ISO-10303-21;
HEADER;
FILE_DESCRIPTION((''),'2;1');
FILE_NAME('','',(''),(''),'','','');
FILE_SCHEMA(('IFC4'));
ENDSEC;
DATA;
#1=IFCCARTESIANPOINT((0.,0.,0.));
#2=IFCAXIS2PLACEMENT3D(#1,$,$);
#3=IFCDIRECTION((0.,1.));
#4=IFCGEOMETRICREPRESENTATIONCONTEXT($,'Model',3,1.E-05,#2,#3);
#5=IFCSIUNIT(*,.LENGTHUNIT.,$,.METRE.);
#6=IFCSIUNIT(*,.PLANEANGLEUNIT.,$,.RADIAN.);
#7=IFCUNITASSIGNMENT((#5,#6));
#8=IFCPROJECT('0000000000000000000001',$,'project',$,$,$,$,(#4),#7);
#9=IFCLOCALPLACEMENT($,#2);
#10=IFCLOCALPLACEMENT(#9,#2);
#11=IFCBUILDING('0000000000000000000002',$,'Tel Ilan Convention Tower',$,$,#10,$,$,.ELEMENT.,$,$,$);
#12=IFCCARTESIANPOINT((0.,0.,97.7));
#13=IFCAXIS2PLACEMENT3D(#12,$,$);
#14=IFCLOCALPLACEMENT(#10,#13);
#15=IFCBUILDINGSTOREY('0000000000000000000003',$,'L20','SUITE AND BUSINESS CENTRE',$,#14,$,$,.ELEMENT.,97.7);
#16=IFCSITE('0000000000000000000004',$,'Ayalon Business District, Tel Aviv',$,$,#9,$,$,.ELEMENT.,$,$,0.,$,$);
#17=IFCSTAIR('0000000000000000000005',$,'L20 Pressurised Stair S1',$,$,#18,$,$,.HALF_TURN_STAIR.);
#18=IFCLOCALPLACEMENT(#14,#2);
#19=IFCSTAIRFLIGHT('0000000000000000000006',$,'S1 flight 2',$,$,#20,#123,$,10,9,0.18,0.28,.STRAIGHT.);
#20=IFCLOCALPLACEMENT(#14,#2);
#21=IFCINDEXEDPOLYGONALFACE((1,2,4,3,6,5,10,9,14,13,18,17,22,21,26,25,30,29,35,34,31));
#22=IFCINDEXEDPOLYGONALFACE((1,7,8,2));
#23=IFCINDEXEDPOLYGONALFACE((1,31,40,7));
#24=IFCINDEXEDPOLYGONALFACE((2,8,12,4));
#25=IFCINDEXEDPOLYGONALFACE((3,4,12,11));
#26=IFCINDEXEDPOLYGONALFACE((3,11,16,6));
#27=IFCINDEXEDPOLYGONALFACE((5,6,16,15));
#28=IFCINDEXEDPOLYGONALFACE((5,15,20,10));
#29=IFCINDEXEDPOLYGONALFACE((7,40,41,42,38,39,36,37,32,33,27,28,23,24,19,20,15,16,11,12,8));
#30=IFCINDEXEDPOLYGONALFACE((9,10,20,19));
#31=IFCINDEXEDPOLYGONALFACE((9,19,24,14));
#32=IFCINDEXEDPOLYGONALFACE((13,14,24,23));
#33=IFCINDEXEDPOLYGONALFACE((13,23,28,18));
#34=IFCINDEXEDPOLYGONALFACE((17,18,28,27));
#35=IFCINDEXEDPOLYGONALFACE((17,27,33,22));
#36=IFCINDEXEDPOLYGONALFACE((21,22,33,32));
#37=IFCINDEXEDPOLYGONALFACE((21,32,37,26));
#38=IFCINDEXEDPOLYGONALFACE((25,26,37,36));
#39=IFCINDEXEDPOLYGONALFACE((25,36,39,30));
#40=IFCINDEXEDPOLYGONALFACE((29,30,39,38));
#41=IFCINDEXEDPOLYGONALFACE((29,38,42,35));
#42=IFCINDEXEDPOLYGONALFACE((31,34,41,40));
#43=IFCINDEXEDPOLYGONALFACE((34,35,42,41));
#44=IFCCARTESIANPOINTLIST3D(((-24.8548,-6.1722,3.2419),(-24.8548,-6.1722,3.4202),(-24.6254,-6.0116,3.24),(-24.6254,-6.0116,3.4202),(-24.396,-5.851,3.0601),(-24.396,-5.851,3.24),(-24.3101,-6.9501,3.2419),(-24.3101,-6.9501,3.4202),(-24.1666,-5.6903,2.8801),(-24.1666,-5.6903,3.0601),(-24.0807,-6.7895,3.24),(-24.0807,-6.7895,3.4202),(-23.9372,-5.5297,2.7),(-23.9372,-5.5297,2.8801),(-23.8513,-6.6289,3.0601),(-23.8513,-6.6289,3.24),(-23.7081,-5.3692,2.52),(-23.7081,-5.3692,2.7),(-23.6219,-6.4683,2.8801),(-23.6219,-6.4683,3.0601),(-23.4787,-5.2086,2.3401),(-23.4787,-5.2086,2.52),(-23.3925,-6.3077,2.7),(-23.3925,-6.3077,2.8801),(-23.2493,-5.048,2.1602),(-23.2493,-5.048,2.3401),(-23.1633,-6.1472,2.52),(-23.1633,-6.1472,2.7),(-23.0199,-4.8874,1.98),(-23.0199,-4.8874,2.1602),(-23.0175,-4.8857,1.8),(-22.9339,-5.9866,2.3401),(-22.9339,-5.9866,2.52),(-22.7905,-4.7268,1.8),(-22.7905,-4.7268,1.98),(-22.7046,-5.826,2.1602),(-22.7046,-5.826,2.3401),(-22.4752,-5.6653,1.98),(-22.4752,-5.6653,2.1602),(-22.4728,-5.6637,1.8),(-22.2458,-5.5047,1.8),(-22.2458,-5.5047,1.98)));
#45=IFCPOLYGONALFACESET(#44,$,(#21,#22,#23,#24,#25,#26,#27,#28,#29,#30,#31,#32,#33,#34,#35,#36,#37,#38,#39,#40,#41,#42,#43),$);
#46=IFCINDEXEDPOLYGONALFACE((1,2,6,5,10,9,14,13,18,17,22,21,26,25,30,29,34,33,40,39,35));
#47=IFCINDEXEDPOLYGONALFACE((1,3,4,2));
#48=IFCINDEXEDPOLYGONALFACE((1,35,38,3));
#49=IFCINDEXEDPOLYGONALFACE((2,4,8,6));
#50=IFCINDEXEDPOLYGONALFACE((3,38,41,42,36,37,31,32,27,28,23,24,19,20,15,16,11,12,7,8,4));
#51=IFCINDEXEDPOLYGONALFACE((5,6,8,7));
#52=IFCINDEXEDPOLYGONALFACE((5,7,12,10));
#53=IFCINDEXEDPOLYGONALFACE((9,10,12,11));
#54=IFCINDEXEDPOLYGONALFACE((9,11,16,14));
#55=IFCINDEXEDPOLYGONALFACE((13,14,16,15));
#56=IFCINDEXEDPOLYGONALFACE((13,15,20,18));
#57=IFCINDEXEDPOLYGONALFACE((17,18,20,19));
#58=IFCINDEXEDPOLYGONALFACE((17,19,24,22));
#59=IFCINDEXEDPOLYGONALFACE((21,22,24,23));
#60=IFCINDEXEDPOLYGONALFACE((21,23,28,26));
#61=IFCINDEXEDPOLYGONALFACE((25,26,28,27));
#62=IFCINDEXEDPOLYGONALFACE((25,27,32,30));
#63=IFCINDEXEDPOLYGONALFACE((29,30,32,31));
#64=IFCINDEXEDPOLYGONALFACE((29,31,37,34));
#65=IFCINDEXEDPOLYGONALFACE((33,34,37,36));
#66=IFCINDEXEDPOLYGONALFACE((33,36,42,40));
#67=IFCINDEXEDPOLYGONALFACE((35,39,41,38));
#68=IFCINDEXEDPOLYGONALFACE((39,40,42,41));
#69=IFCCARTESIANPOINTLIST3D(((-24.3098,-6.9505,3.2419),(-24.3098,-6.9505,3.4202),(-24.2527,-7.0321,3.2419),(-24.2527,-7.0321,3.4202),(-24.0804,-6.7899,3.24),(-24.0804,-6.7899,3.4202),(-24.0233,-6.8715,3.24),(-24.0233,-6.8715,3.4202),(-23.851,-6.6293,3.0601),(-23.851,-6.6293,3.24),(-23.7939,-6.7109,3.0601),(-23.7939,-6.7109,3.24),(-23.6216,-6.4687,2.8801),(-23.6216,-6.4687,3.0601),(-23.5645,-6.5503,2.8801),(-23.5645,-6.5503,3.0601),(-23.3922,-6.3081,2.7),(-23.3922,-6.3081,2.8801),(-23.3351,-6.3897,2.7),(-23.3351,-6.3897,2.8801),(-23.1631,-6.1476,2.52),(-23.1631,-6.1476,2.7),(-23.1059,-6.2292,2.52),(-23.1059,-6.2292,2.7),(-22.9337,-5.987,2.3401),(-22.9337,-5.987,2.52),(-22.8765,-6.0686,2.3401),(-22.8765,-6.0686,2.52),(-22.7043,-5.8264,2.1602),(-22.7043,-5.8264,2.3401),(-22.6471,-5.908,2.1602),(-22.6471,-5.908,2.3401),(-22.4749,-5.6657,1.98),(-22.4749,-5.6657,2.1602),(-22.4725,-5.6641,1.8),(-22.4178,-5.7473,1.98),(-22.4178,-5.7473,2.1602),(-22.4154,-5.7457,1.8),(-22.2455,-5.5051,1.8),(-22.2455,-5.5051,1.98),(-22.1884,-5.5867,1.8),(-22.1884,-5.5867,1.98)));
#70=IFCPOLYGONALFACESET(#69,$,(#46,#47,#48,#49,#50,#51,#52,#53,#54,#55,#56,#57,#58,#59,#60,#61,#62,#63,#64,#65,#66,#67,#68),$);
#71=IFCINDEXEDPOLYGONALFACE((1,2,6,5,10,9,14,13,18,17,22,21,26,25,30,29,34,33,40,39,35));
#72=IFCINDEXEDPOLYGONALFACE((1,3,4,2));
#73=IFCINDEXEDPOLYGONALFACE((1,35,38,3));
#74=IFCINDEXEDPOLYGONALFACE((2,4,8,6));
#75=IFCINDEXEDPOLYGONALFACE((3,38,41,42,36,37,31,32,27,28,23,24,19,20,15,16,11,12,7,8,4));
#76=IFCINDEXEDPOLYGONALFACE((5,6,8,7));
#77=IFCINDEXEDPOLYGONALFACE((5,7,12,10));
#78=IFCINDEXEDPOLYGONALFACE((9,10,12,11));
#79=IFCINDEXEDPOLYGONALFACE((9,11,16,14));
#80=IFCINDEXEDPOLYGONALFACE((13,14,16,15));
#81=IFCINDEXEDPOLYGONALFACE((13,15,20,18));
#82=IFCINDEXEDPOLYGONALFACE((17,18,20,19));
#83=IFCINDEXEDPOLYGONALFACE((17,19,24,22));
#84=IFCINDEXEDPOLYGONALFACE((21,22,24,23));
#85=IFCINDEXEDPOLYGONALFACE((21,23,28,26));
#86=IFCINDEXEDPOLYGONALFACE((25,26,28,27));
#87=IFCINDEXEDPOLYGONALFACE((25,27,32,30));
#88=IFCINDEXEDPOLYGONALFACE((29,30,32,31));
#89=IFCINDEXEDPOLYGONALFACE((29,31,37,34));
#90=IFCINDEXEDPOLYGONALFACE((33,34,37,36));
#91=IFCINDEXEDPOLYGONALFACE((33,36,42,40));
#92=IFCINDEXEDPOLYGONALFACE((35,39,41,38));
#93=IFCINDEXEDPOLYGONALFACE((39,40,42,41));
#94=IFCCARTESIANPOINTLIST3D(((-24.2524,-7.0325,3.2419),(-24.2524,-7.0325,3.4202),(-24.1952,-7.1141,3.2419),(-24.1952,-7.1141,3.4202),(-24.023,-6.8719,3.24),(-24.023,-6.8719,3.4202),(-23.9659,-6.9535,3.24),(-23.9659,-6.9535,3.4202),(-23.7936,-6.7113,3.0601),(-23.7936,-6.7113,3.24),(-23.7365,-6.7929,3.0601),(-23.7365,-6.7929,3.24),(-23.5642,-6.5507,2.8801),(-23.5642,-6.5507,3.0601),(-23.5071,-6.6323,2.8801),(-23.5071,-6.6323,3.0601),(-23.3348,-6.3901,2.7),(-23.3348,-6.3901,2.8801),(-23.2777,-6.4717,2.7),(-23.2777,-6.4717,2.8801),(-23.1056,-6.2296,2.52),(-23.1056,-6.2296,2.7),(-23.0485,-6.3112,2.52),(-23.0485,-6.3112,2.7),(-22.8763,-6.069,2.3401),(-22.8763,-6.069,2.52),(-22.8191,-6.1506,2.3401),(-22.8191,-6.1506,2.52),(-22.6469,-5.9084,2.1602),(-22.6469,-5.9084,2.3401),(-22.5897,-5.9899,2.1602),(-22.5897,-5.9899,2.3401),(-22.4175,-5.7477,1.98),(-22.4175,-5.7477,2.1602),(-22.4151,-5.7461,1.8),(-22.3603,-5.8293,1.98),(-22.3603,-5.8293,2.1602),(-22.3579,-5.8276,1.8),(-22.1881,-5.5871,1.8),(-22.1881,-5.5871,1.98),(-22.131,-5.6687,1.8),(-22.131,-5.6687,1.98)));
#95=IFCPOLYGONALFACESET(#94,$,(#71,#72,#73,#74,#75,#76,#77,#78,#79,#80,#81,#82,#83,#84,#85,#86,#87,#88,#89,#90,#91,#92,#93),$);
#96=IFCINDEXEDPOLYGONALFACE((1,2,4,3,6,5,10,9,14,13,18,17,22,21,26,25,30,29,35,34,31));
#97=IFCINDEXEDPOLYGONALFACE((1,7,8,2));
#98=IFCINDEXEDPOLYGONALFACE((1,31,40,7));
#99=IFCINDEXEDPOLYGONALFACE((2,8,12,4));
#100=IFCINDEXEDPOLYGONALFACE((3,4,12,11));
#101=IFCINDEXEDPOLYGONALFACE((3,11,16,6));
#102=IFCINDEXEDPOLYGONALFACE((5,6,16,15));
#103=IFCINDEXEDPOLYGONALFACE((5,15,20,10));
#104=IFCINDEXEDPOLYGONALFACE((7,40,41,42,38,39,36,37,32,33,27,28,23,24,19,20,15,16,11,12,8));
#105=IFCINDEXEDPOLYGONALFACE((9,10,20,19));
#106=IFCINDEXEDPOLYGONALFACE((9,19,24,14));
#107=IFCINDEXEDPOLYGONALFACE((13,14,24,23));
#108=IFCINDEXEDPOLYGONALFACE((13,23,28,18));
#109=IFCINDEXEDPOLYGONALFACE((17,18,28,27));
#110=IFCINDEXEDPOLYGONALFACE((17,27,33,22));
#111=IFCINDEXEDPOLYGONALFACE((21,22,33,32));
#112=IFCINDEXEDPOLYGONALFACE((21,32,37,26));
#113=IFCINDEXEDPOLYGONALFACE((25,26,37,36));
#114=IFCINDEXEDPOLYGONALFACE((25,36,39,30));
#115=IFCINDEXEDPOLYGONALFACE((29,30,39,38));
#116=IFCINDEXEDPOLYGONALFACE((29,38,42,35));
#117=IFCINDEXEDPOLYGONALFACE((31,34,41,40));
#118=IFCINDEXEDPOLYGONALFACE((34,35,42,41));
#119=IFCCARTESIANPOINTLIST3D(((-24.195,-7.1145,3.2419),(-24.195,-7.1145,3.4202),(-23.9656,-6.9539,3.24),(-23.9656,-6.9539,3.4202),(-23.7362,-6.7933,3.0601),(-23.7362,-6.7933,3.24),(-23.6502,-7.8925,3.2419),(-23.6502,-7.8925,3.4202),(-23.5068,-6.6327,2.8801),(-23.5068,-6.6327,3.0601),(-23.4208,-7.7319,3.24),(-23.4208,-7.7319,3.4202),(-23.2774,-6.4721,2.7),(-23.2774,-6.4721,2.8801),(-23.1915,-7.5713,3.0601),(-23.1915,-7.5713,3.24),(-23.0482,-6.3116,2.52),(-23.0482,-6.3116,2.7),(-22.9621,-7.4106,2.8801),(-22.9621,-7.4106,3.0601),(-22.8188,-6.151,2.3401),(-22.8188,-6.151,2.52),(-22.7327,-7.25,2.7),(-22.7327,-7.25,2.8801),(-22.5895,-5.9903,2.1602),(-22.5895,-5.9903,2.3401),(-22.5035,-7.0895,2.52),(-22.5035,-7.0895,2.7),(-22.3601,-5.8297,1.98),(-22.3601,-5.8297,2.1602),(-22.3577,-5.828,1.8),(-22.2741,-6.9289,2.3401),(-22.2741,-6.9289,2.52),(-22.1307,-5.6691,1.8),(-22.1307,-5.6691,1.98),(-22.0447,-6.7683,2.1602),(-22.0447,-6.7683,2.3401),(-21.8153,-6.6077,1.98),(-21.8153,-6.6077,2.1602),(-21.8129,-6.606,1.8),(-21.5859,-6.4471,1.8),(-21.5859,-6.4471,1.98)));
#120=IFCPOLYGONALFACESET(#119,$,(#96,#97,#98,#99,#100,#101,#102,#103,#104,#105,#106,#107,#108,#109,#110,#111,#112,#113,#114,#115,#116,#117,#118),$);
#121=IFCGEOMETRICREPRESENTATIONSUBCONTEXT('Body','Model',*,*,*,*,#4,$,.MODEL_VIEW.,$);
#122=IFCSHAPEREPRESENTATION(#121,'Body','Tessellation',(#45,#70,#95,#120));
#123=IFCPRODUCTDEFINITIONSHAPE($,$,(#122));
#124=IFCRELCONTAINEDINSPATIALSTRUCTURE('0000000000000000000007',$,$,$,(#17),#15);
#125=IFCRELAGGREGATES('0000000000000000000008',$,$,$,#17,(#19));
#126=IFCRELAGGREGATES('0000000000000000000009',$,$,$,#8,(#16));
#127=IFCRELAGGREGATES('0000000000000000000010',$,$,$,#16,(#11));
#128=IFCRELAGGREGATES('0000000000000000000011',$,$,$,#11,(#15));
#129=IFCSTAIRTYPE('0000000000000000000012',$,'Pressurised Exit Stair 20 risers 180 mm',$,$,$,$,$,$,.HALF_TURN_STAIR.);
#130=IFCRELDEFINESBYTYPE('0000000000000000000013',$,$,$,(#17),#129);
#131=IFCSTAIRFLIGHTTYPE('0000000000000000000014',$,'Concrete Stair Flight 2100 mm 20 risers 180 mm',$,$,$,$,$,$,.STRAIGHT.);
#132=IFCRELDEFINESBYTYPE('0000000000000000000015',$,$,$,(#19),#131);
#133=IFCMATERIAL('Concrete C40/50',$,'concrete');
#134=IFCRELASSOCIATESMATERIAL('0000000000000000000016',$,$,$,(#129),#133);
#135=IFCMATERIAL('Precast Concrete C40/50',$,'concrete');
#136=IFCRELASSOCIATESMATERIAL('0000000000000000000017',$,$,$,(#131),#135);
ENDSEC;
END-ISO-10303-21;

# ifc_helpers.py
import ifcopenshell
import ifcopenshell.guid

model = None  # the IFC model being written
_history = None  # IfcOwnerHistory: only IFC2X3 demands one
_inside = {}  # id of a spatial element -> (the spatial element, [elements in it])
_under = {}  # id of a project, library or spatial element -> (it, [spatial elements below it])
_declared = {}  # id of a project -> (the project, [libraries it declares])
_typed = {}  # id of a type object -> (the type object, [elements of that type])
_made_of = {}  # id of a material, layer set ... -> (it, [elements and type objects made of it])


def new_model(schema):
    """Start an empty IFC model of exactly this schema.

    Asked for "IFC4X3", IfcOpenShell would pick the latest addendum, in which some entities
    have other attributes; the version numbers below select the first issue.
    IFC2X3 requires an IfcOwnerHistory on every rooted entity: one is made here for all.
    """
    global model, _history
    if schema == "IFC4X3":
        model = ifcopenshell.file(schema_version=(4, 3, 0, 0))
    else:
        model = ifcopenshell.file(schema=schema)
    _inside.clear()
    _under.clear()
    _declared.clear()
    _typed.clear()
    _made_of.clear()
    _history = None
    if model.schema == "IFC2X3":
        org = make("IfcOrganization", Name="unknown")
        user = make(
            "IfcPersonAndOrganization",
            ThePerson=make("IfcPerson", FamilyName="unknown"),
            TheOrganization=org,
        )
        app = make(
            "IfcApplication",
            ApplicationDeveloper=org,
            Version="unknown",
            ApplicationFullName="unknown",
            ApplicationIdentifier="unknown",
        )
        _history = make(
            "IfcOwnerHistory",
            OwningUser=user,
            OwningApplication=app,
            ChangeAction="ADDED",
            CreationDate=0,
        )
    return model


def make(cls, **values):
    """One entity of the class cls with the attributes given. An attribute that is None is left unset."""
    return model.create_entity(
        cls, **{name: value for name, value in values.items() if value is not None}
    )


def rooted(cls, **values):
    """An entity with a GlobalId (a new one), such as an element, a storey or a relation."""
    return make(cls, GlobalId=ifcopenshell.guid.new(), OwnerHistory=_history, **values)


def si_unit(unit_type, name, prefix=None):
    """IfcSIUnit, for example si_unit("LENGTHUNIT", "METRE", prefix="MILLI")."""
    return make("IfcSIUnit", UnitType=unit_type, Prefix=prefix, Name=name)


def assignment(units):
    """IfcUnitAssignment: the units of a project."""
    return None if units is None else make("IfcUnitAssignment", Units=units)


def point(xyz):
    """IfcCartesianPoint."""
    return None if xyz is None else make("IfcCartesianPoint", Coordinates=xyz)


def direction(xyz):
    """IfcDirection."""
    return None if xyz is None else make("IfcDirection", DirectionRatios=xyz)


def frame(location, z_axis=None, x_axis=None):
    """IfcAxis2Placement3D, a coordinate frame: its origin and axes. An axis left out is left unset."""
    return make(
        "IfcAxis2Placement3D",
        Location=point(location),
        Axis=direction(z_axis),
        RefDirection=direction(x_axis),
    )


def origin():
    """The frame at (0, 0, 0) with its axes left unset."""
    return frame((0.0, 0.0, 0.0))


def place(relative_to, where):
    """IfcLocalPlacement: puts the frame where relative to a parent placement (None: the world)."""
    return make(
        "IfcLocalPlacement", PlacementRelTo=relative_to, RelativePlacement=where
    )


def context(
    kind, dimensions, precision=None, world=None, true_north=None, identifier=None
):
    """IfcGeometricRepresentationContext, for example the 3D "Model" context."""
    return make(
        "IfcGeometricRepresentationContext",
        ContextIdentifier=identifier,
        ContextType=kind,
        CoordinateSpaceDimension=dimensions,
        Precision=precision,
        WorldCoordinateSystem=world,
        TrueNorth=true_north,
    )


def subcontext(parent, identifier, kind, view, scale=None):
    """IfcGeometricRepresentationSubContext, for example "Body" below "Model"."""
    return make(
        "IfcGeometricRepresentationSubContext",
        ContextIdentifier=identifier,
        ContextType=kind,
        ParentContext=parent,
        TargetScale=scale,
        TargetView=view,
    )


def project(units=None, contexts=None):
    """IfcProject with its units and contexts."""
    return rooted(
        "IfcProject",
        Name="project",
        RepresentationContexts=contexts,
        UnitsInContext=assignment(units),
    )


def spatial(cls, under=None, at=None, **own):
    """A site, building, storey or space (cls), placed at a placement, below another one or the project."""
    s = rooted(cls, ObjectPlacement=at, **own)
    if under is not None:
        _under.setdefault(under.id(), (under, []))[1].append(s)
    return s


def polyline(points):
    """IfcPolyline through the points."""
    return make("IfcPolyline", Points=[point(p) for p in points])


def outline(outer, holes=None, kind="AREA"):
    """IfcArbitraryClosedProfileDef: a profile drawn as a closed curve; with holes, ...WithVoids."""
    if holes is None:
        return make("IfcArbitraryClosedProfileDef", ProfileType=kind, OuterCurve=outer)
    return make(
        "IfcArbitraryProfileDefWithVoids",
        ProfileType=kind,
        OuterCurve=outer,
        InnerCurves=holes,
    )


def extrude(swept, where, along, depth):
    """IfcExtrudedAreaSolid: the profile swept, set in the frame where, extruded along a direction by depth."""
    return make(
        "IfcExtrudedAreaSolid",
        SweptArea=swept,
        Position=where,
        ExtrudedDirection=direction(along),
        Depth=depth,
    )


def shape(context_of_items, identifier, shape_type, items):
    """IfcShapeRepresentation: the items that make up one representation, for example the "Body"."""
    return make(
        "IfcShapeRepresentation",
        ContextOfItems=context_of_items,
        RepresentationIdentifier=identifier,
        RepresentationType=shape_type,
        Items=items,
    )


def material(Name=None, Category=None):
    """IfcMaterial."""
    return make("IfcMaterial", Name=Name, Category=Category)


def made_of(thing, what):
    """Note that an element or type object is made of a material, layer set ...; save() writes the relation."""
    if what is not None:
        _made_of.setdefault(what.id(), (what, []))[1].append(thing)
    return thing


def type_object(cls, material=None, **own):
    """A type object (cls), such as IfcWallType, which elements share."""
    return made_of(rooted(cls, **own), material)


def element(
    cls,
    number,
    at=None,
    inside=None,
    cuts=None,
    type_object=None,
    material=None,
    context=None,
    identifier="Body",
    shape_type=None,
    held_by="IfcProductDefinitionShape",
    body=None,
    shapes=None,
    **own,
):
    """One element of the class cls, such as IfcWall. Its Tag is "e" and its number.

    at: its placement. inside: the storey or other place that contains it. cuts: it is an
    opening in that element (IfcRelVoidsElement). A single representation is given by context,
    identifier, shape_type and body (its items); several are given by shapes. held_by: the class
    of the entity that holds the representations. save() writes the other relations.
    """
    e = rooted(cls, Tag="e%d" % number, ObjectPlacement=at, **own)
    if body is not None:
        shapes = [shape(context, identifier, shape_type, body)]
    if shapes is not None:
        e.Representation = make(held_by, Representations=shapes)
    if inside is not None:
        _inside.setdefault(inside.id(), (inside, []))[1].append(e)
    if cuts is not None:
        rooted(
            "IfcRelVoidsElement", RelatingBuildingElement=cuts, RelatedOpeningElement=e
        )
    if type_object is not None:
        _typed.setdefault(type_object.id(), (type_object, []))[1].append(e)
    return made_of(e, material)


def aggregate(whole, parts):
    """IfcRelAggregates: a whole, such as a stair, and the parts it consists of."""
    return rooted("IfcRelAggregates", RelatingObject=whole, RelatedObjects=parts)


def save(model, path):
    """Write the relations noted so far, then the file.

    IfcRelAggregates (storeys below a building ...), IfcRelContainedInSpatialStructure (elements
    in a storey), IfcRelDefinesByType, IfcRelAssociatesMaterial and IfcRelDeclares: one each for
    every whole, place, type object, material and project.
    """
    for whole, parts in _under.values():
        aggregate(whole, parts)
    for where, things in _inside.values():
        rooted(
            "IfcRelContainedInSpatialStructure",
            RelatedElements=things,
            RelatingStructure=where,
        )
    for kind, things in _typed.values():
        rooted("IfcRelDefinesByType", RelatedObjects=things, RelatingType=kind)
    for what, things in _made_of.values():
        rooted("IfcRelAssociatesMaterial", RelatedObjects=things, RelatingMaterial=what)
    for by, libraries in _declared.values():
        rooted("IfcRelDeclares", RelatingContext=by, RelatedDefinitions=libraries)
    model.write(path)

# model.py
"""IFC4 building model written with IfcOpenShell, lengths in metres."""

from ifc_helpers import new_model, si_unit, direction, frame, origin, place, context, subcontext, project, spatial, polyline, outline, extrude, material, type_object, element, aggregate, save


model = new_model("IFC4")

# Units and contexts
model_context = context("Model", 3, precision=1e-05, world=origin(), true_north=direction((0.0, 1.0)))
body_context = subcontext(model_context, "Body", "Model", "MODEL_VIEW")
ifc_project = project(units=[si_unit("LENGTHUNIT", "METRE"), si_unit("PLANEANGLEUNIT", "RADIAN")], contexts=[model_context])

# Site, building, storey
site_placement = place(None, origin())
site = spatial("IfcSite", under=ifc_project, at=site_placement, Name="Ayalon Business District, Tel Aviv", CompositionType="ELEMENT", RefElevation=0.0)
building_placement = place(site_placement, origin())
building = spatial("IfcBuilding", under=site, at=building_placement, Name="Tel Ilan Convention Tower", CompositionType="ELEMENT")
storey_placement = place(building_placement, frame((0.0, 0.0, 97.7)))
storey = spatial("IfcBuildingStorey", under=building, at=storey_placement, Name="L20", Description="SUITE AND BUSINESS CENTRE", CompositionType="ELEMENT", Elevation=97.7)

# Stair, stair flight
ifc_material_1 = material(Name="Concrete C40/50", Category="concrete")
stair_type = type_object("IfcStairType", Name="Pressurised Exit Stair 20 risers 180 mm", PredefinedType="HALF_TURN_STAIR", material=ifc_material_1)
stair_1_placement = place(storey_placement, origin())
stair_1 = element("IfcStair", 1, at=stair_1_placement, inside=storey, type_object=stair_type, Name="L20 Pressurised Stair S1", PredefinedType="HALF_TURN_STAIR")
ifc_material_2 = material(Name="Precast Concrete C40/50", Category="concrete")
stair_flight_type = type_object("IfcStairFlightType", Name="Concrete Stair Flight 2100 mm 20 risers 180 mm", PredefinedType="STRAIGHT", material=ifc_material_2)
stair_flight_1_placement = place(storey_placement, frame((-22.1882, -5.5869, 1.8), z_axis=(0.0, 0.0, 1.0), x_axis=(-0.819152, -0.573576, 0.0)))
stair_flight_1 = element("IfcStairFlight", 2, at=stair_flight_1_placement, type_object=stair_flight_type, Name="S1 flight 2", NumberOfRisers=10, NumberOfTreads=9, PredefinedType="STRAIGHT", RiserHeight=0.18, TreadLength=0.28, context=body_context, shape_type="SweptSolid", body=[
    extrude(outline(polyline([(0.0, 0.0), (0.0, 0.1799), (0.28, 0.1799), (0.28, 0.3601), (0.5601, 0.3601), (0.5601, 0.54), (0.8401, 0.54), (0.8401, 0.72), (1.1201, 0.72), (1.1201, 0.8999), (1.3999, 0.8999), (1.3999, 1.0801), (1.6799, 1.0801), (1.6799, 1.26), (1.96, 1.26), (1.96, 1.4399), (2.24, 1.4399), (2.24, 1.6201), (2.52, 1.6201), (2.52, 1.8), (2.52, 1.4419), (0.2771, 0.0), (0.0, 0.0)])), frame((0.0, -0.1003, 0.0), z_axis=(0.0, -1.0, 0.0), x_axis=(1.0, 0.0, 0.0)), (0.0, 0.0, 1.0), 0.9497),
    extrude(outline(polyline([(0.0, 0.0), (0.0, 0.1799), (0.28, 0.1799), (0.28, 0.3601), (0.5601, 0.3601), (0.5601, 0.54), (0.8401, 0.54), (0.8401, 0.72), (1.1201, 0.72), (1.1201, 0.8999), (1.3999, 0.8999), (1.3999, 1.0801), (1.6799, 1.0801), (1.6799, 1.26), (1.96, 1.26), (1.96, 1.4399), (2.24, 1.4399), (2.24, 1.6201), (2.52, 1.6201), (2.52, 1.8), (2.52, 1.4419), (0.2771, 0.0), (0.0, 0.0)])), frame((0.0, -0.0002, 0.0), z_axis=(0.0, -1.0, 0.0), x_axis=(1.0, 0.0, 0.0)), (0.0, 0.0, 1.0), 0.0996),
    extrude(outline(polyline([(0.0, 0.0), (0.0, 0.1799), (0.28, 0.1799), (0.28, 0.3601), (0.5601, 0.3601), (0.5601, 0.54), (0.8401, 0.54), (0.8401, 0.72), (1.1201, 0.72), (1.1201, 0.8999), (1.3999, 0.8999), (1.3999, 1.0801), (1.6799, 1.0801), (1.6799, 1.26), (1.96, 1.26), (1.96, 1.4399), (2.24, 1.4399), (2.24, 1.6201), (2.52, 1.6201), (2.52, 1.8), (2.52, 1.4419), (0.2771, 0.0), (0.0, 0.0)])), frame((0.0, 0.0999, 0.0), z_axis=(0.0, -1.0, 0.0), x_axis=(1.0, 0.0, 0.0)), (0.0, 0.0, 1.0), 0.0996),
    extrude(outline(polyline([(0.0, 0.0), (0.0, 0.1799), (0.28, 0.1799), (0.28, 0.3601), (0.5601, 0.3601), (0.5601, 0.54), (0.8401, 0.54), (0.8401, 0.72), (1.1201, 0.72), (1.1201, 0.8999), (1.3999, 0.8999), (1.3999, 1.0801), (1.6799, 1.0801), (1.6799, 1.26), (1.96, 1.26), (1.96, 1.4399), (2.24, 1.4399), (2.24, 1.6201), (2.52, 1.6201), (2.52, 1.8), (2.52, 1.4419), (0.2771, 0.0), (0.0, 0.0)])), frame((0.0, 1.05, 0.0), z_axis=(0.0, -1.0, 0.0), x_axis=(1.0, 0.0, 0.0)), (0.0, 0.0, 1.0), 0.9497),
])
aggregate(stair_1, [stair_flight_1])

save(model, "model.ifc")
